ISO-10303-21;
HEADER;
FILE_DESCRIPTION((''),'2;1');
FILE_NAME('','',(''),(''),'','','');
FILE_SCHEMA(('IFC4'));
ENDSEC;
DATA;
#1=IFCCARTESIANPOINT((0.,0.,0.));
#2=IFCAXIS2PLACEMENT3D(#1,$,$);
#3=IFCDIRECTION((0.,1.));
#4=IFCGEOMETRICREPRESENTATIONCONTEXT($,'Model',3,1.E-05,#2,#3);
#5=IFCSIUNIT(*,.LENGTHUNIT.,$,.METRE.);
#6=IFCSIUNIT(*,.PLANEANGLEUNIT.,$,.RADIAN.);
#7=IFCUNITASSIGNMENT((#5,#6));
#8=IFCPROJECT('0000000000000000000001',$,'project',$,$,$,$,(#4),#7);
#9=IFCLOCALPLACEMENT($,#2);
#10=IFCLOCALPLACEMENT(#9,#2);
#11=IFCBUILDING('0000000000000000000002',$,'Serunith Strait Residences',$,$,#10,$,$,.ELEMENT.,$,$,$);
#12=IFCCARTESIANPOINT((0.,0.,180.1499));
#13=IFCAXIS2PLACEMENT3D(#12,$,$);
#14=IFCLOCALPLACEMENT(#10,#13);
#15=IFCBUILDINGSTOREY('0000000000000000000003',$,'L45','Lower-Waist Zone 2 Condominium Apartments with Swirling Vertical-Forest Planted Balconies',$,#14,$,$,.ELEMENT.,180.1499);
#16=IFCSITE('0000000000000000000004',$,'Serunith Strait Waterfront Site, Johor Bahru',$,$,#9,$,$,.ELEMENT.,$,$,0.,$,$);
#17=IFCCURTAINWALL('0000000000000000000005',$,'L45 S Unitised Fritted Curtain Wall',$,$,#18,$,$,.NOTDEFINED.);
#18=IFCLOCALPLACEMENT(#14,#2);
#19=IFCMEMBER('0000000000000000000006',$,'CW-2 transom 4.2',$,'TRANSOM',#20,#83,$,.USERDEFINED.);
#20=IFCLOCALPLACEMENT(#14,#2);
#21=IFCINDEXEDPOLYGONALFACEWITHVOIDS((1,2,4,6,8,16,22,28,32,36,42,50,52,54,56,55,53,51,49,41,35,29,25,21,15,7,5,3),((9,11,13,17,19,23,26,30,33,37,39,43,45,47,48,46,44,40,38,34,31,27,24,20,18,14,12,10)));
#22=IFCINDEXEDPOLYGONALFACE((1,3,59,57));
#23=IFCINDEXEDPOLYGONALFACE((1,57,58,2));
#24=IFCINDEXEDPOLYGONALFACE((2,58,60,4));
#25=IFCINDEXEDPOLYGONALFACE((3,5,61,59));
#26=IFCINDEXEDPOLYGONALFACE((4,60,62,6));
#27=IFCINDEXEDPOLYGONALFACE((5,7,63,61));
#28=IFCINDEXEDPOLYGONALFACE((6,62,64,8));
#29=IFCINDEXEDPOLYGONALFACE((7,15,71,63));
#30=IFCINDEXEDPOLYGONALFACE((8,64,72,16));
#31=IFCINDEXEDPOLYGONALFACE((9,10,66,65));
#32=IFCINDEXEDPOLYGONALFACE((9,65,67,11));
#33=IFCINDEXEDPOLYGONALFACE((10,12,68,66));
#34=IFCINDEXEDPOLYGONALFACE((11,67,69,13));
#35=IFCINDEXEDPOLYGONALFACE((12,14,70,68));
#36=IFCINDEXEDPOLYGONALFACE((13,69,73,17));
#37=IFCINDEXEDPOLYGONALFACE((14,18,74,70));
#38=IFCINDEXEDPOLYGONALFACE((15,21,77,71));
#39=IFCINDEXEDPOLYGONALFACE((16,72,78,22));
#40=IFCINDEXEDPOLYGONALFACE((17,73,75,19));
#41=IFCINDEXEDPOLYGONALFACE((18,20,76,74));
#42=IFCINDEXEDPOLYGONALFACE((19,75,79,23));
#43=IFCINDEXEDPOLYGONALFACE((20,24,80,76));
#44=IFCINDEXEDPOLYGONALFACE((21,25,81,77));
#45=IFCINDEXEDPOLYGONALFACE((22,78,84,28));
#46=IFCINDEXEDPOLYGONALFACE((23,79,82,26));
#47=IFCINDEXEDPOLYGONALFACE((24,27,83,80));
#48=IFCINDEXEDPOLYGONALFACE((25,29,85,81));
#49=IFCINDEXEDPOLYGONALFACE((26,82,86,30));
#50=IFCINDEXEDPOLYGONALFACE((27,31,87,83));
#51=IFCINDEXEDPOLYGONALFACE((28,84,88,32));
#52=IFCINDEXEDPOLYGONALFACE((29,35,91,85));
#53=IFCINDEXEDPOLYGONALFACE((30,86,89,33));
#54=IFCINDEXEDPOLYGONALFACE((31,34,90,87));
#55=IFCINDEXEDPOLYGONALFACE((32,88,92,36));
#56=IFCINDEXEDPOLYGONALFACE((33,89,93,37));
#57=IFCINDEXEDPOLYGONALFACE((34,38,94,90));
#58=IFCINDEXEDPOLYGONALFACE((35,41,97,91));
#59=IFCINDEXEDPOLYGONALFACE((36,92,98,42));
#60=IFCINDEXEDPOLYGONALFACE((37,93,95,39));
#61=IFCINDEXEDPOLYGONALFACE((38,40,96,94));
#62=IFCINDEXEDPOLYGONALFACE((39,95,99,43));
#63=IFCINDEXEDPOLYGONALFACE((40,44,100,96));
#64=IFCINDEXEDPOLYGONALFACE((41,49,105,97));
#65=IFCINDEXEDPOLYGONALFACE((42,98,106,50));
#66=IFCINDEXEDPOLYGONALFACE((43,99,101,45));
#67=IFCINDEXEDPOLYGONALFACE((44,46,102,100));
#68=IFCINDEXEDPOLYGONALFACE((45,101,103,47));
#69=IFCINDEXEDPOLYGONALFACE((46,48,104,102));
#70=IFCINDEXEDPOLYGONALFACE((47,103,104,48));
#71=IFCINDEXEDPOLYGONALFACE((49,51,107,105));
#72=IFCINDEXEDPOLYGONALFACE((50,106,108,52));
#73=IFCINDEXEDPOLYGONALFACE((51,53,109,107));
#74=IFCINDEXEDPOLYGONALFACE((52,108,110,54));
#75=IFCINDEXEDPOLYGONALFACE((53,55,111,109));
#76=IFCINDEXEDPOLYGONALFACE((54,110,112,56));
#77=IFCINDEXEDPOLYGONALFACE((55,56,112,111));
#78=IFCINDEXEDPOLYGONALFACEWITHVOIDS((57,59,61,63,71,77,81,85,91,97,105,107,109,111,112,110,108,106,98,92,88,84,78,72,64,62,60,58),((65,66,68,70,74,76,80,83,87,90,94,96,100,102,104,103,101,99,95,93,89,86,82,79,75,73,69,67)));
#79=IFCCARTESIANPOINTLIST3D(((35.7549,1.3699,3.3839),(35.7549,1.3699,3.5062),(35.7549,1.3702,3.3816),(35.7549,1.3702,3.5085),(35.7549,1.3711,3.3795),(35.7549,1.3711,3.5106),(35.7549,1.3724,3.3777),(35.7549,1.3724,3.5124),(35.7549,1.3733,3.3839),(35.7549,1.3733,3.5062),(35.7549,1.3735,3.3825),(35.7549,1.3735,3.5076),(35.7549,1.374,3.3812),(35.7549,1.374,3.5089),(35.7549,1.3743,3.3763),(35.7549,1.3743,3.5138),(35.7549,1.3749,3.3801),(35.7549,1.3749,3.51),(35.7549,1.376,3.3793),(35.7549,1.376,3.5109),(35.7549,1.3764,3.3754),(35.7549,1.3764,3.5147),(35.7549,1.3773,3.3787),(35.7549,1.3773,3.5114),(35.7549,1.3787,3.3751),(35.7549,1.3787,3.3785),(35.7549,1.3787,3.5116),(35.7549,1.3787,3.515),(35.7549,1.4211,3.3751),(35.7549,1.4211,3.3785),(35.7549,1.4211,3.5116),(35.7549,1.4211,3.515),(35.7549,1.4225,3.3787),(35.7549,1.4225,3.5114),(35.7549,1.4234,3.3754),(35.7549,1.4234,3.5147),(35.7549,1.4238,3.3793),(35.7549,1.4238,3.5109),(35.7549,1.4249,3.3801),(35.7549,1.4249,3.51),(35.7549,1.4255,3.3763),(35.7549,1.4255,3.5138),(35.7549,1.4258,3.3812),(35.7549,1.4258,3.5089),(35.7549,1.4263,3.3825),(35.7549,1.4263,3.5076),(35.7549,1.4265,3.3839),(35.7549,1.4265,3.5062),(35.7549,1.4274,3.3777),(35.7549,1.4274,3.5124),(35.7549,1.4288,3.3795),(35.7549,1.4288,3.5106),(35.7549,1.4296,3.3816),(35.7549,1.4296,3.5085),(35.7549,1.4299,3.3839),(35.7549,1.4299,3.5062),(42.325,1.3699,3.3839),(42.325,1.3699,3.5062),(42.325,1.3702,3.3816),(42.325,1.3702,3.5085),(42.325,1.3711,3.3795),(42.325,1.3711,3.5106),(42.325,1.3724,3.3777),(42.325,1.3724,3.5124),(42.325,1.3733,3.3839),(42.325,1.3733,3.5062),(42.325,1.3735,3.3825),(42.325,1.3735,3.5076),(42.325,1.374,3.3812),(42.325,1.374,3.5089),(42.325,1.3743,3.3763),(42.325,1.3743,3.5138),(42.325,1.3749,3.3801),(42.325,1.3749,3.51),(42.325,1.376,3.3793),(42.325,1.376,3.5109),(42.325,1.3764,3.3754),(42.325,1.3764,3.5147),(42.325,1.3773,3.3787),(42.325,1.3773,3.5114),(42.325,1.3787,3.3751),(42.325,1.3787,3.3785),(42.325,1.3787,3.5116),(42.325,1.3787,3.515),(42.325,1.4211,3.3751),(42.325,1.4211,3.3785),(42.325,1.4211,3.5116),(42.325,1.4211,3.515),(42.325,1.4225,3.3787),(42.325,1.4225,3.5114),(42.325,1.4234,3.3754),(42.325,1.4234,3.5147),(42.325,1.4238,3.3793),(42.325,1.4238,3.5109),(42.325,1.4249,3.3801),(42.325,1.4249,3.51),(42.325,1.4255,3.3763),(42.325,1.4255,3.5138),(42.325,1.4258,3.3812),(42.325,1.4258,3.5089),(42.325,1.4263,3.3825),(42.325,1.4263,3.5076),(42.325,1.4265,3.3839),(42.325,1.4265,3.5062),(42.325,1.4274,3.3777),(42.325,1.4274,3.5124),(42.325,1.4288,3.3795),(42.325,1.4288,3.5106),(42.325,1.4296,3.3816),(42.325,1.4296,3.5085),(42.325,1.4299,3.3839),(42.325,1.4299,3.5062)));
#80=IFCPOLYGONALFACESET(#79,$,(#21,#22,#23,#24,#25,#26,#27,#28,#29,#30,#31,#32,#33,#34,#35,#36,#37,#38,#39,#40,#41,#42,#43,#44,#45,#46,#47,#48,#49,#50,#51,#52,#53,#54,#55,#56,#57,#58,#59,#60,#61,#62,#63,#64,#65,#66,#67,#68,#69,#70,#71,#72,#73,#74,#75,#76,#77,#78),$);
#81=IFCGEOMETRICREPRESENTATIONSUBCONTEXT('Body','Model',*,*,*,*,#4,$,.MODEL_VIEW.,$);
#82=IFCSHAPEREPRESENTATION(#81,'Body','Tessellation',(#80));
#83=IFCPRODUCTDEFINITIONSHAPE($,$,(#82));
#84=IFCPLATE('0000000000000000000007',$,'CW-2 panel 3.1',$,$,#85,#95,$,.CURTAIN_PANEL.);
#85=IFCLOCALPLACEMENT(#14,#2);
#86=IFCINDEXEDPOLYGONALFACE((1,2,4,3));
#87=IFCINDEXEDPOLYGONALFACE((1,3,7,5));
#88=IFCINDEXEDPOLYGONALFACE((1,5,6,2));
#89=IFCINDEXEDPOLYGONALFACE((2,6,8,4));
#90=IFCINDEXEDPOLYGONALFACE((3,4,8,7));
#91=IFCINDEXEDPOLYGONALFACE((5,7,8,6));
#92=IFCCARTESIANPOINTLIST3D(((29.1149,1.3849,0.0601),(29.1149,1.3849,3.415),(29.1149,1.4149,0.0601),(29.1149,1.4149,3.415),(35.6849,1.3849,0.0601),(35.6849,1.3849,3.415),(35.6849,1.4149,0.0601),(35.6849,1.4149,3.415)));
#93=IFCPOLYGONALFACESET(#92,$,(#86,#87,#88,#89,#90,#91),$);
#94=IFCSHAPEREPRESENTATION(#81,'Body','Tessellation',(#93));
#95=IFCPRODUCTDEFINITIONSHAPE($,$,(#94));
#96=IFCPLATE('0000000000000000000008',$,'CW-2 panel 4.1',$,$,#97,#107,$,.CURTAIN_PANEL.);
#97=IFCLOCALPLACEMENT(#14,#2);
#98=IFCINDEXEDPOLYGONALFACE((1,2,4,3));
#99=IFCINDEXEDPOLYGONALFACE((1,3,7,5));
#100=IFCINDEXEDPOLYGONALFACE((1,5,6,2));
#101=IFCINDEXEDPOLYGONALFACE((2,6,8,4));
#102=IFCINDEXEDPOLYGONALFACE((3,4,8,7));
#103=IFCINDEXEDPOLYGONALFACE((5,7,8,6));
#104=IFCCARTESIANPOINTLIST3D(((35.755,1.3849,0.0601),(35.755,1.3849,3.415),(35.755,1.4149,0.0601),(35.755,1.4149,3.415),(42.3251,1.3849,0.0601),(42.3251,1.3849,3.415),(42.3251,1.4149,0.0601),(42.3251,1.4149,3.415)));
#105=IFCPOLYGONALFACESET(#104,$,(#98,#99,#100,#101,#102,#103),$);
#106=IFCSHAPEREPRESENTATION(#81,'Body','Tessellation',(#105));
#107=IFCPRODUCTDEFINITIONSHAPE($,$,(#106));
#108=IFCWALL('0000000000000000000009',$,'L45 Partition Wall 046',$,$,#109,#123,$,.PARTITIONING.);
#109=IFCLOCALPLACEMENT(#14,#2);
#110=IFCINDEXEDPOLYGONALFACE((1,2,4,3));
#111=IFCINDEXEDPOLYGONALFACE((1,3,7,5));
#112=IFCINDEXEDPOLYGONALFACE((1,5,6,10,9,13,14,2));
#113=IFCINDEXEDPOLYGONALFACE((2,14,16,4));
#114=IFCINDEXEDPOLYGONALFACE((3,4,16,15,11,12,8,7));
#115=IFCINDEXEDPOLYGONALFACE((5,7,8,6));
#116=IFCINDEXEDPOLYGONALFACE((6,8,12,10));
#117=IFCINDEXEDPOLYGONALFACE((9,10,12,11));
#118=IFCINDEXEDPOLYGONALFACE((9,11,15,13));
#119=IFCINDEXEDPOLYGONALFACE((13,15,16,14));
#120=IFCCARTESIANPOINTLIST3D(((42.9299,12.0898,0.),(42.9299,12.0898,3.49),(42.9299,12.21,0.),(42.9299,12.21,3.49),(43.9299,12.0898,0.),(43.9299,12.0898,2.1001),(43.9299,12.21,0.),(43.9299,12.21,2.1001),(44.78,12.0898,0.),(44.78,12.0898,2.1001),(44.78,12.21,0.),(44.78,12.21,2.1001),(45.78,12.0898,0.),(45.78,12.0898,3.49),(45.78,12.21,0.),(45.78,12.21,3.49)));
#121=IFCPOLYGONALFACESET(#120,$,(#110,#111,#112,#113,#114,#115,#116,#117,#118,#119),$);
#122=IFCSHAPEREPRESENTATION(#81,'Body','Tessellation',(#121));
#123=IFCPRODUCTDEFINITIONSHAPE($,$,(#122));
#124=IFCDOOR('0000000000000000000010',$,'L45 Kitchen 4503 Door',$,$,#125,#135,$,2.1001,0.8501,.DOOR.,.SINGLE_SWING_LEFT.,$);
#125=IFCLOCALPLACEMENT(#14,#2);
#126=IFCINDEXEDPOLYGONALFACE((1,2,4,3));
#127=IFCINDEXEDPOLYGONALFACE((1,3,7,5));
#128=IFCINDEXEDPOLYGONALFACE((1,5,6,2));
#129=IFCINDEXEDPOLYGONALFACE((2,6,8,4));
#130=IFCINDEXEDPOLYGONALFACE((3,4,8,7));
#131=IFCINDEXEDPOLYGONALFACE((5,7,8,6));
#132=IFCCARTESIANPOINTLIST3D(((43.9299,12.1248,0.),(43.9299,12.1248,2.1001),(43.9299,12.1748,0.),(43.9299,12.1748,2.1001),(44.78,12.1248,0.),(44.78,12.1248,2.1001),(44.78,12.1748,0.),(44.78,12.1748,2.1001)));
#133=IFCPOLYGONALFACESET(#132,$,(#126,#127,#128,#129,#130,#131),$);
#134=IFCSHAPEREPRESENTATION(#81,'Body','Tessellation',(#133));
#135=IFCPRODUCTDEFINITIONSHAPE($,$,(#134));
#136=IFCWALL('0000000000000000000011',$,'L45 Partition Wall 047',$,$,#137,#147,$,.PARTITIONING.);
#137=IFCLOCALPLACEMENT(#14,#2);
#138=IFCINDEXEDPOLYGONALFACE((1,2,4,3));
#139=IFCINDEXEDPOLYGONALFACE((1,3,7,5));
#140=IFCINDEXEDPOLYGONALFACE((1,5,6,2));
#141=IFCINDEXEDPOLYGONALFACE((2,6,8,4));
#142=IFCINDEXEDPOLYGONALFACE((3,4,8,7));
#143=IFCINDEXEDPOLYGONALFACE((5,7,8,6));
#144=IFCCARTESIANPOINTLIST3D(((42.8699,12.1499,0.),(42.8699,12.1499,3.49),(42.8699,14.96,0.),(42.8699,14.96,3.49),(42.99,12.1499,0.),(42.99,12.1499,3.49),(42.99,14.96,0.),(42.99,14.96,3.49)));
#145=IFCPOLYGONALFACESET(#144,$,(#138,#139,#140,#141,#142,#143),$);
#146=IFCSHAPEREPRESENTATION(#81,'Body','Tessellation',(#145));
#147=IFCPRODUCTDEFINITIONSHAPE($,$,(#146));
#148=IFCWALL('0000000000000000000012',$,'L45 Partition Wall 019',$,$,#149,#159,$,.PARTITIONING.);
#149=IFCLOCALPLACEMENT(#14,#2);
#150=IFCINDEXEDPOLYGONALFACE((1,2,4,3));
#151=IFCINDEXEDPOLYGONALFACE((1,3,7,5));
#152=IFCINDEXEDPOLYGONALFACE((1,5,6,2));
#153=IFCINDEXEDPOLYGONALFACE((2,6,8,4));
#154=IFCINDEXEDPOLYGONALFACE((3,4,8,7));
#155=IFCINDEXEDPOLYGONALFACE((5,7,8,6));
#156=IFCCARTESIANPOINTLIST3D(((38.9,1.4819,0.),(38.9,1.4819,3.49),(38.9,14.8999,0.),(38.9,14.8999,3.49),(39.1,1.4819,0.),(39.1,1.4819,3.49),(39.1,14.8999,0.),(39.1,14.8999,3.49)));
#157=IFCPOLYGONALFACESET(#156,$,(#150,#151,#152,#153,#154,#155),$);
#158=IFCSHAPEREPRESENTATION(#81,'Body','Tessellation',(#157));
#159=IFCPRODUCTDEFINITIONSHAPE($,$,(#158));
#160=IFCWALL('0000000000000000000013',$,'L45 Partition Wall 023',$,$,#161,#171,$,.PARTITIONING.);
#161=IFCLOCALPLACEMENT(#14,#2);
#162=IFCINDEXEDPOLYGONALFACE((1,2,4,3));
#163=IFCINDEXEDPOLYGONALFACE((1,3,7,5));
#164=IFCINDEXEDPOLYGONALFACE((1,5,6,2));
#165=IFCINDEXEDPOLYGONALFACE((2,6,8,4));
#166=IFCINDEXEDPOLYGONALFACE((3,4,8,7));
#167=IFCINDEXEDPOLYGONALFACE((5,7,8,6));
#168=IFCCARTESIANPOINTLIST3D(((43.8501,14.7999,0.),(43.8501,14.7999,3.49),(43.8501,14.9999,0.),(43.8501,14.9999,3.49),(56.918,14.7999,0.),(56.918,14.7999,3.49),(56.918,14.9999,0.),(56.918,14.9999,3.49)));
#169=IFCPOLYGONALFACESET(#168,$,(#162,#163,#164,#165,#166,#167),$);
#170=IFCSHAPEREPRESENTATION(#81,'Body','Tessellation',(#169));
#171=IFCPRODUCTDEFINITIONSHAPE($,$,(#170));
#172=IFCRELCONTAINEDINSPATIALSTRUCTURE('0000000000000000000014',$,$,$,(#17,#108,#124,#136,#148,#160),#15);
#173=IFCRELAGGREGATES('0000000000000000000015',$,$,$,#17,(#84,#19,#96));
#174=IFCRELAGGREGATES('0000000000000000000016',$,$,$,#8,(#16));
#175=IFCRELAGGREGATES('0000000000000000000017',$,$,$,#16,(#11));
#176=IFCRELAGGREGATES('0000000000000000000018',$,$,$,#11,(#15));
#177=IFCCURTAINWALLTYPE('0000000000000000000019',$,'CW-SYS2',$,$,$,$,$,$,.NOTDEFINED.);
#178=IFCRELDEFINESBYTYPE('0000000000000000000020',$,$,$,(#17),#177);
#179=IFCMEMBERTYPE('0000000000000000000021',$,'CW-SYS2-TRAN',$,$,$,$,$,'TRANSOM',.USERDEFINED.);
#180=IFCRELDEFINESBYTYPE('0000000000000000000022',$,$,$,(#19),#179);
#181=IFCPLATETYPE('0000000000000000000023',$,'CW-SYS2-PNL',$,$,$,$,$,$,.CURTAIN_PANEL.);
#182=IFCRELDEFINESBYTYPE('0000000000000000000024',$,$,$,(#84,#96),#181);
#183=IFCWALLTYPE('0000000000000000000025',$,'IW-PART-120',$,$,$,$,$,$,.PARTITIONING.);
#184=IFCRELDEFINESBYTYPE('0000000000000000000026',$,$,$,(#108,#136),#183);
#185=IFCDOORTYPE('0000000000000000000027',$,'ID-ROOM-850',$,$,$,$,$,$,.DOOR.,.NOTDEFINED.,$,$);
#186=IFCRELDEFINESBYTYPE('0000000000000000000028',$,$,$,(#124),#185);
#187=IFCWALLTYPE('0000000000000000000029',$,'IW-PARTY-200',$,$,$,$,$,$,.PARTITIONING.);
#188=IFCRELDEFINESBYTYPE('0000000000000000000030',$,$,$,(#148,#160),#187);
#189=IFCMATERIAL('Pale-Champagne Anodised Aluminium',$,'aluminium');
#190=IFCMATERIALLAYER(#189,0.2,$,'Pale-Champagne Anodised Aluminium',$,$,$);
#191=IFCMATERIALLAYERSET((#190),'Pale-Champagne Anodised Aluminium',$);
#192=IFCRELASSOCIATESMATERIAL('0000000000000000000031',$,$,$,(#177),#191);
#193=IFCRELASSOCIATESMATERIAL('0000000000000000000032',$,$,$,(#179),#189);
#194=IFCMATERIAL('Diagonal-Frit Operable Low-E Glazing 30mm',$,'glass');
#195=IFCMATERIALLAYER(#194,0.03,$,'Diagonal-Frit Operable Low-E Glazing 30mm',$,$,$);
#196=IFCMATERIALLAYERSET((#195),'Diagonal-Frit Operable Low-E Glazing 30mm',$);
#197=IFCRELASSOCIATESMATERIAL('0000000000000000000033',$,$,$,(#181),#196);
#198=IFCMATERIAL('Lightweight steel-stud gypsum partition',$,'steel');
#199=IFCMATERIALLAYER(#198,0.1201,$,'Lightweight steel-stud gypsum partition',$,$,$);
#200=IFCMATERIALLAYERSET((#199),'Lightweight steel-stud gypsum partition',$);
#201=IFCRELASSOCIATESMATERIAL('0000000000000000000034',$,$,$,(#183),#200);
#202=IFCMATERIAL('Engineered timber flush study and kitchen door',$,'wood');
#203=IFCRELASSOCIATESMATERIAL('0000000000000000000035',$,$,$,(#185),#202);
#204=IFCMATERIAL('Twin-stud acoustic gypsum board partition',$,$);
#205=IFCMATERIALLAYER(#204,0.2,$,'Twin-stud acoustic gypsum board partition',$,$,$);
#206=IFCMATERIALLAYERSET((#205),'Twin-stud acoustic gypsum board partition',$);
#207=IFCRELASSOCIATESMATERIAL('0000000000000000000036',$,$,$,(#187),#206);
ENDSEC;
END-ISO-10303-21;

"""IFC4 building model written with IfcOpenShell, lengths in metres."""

from ifc_helpers import new_model, si_unit, direction, frame, frame_2d, origin, origin_2d, place, context, subcontext, project, spatial, rectangle, hollow_rectangle, extrude, source, transform, mapped, material, layer, layer_set, material_profile, profile_set, type_object, element, fill, aggregate, save


model = new_model("IFC4")

# Units and contexts
model_context = context("Model", 3, precision=1e-05, world=origin(), true_north=direction((0.0, 1.0)))
body_context = subcontext(model_context, "Body", "Model", "MODEL_VIEW")
ifc_project = project(units=[si_unit("LENGTHUNIT", "METRE"), si_unit("PLANEANGLEUNIT", "RADIAN")], contexts=[model_context])

# Site, building, storey
site_placement = place(None, origin())
site = spatial("IfcSite", under=ifc_project, at=site_placement, Name="Serunith Strait Waterfront Site, Johor Bahru", CompositionType="ELEMENT", RefElevation=0.0)
building_placement = place(site_placement, origin())
building = spatial("IfcBuilding", under=site, at=building_placement, Name="Serunith Strait Residences", CompositionType="ELEMENT")
storey_placement = place(building_placement, frame((0.0, 0.0, 180.1499)))
storey = spatial("IfcBuildingStorey", under=building, at=storey_placement, Name="L45", Description="Lower-Waist Zone 2 Condominium Apartments with Swirling Vertical-Forest Planted Balconies", CompositionType="ELEMENT", Elevation=180.1499)

# Curtain wall, member, plates
ifc_material_1 = material(Name="Pale-Champagne Anodised Aluminium", Category="aluminium")
ifc_layer_1 = layer(ifc_material_1, 0.2, Name="Pale-Champagne Anodised Aluminium")
ifc_layer_set_1 = layer_set([ifc_layer_1], Name="Pale-Champagne Anodised Aluminium")
curtain_wall_type = type_object("IfcCurtainWallType", Name="CW-SYS2", PredefinedType="NOTDEFINED", material=ifc_layer_set_1)
curtain_wall_placement = place(storey_placement, origin())
curtain_wall = element("IfcCurtainWall", 1, at=curtain_wall_placement, inside=storey, type_object=curtain_wall_type, Name="L45 S Unitised Fritted Curtain Wall", PredefinedType="NOTDEFINED")
ifc_material_profile_1 = material_profile(ifc_material_1, hollow_rectangle(XDim=0.0601, YDim=0.1399, WallThickness=0.0034, InnerFilletRadius=0.0054, OuterFilletRadius=0.0088, at=origin_2d()), Name="ALU 140x60x3.5")
ifc_profile_set_1 = profile_set([ifc_material_profile_1], Name="Pale-Champagne Anodised Aluminium")
member_type_1 = type_object("IfcMemberType", Name="CW-SYS2-TRAN", ElementType="TRANSOM", PredefinedType="USERDEFINED", material=ifc_profile_set_1)
shared_shape_1 = source(origin(), body_context, "Body", "SweptSolid", [
    extrude(hollow_rectangle(XDim=0.0601, YDim=0.1399, WallThickness=0.0034, InnerFilletRadius=0.0054, OuterFilletRadius=0.0088, at=origin_2d()), origin(), (0.0, 0.0, 1.0), 6.5701),
])
member_1_placement = place(storey_placement, frame((35.7549, 1.3999, 3.4451), z_axis=(1.0, 0.0, 0.0), x_axis=(0.0, 1.0, 0.0)))
member_1 = element("IfcMember", 2, at=member_1_placement, type_object=member_type_1, Name="CW-2 transom 4.2", ObjectType="TRANSOM", PredefinedType="USERDEFINED", context=body_context, shape_type="MappedRepresentation", body=[
    mapped(shared_shape_1, transform((0.0, 0.0, 0.0), scale=1.0)),
])
ifc_material_2 = material(Name="Diagonal-Frit Operable Low-E Glazing 30mm", Category="glass")
ifc_layer_2 = layer(ifc_material_2, 0.03, Name="Diagonal-Frit Operable Low-E Glazing 30mm")
ifc_layer_set_2 = layer_set([ifc_layer_2], Name="Diagonal-Frit Operable Low-E Glazing 30mm")
plate_type = type_object("IfcPlateType", Name="CW-SYS2-PNL", PredefinedType="CURTAIN_PANEL", material=ifc_layer_set_2)
shared_shape_2 = source(origin(), body_context, "Body", "SweptSolid", [
    extrude(rectangle(XDim=6.5701, YDim=0.03, at=origin_2d()), origin(), (0.0, 0.0, 1.0), 3.355),
])
plate_1_placement = place(storey_placement, frame((32.3999, 1.3999, 0.0601), z_axis=(0.0, 0.0, 1.0), x_axis=(1.0, 0.0, 0.0)))
plate_1 = element("IfcPlate", 3, at=plate_1_placement, type_object=plate_type, Name="CW-2 panel 3.1", PredefinedType="CURTAIN_PANEL", context=body_context, shape_type="MappedRepresentation", body=[
    mapped(shared_shape_2, transform((0.0, 0.0, 0.0), scale=1.0)),
])
plate_2_placement = place(storey_placement, frame((39.04, 1.3999, 0.0601), z_axis=(0.0, 0.0, 1.0), x_axis=(1.0, 0.0, 0.0)))
plate_2 = element("IfcPlate", 4, at=plate_2_placement, type_object=plate_type, Name="CW-2 panel 4.1", PredefinedType="CURTAIN_PANEL", context=body_context, shape_type="MappedRepresentation", body=[
    mapped(shared_shape_2, transform((0.0, 0.0, 0.0), scale=1.0)),
])
aggregate(curtain_wall, [plate_1, member_1, plate_2])

# Wall, opening, door
ifc_material_3 = material(Name="Lightweight steel-stud gypsum partition", Category="steel")
ifc_layer_3 = layer(ifc_material_3, 0.1201, Name="Lightweight steel-stud gypsum partition")
ifc_layer_set_3 = layer_set([ifc_layer_3], Name="Lightweight steel-stud gypsum partition")
wall_type_1 = type_object("IfcWallType", Name="IW-PART-120", PredefinedType="PARTITIONING", material=ifc_layer_set_3)
wall_1_placement = place(storey_placement, frame((42.9299, 12.1499, 0.0), z_axis=(0.0, 0.0, 1.0), x_axis=(1.0, 0.0, 0.0)))
wall_1 = element("IfcWall", 5, at=wall_1_placement, inside=storey, type_object=wall_type_1, Name="L45 Partition Wall 046", PredefinedType="PARTITIONING", context=body_context, shape_type="SweptSolid", body=[
    extrude(rectangle(XDim=2.8501, YDim=0.1201, at=frame_2d((1.425, 0.0))), origin(), (0.0, 0.0, 1.0), 3.49),
])
opening_placement = place(wall_1_placement, frame((1.0, 0.0, 0.0)))
opening = element("IfcOpeningElement", 6, at=opening_placement, cuts=wall_1, PredefinedType="OPENING", context=body_context, shape_type="SweptSolid", body=[
    extrude(rectangle(XDim=0.8501, YDim=2.1001, at=frame_2d((0.425, 1.05))), frame((0.0, 0.0701, 0.0), z_axis=(0.0, -1.0, 0.0), x_axis=(1.0, 0.0, 0.0)), (0.0, 0.0, 1.0), 0.1401),
])
ifc_material_4 = material(Name="Engineered timber flush study and kitchen door", Category="wood")
door_type = type_object("IfcDoorType", Name="ID-ROOM-850", OperationType="NOTDEFINED", PredefinedType="DOOR", material=ifc_material_4)
shared_shape_3 = source(origin(), body_context, "Body", "SweptSolid", [
    extrude(rectangle(XDim=0.8501, YDim=2.1001, at=frame_2d((0.425, 1.05))), frame((0.0, 0.0249, 0.0), z_axis=(0.0, -1.0, 0.0), x_axis=(1.0, 0.0, 0.0)), (0.0, 0.0, 1.0), 0.05),
])
door_placement = place(opening_placement, origin())
door = element("IfcDoor", 7, at=door_placement, inside=storey, type_object=door_type, Name="L45 Kitchen 4503 Door", OperationType="SINGLE_SWING_LEFT", OverallHeight=2.1001, OverallWidth=0.8501, PredefinedType="DOOR", context=body_context, shape_type="MappedRepresentation", body=[
    mapped(shared_shape_3, transform((0.0, 0.0, 0.0), scale=1.0)),
])
fill(opening, door)

# Walls
wall_2_placement = place(storey_placement, frame((42.9299, 12.1499, 0.0), z_axis=(0.0, 0.0, 1.0), x_axis=(0.0, 1.0, 0.0)))
element("IfcWall", 8, at=wall_2_placement, inside=storey, type_object=wall_type_1, Name="L45 Partition Wall 047", PredefinedType="PARTITIONING", context=body_context, shape_type="SweptSolid", body=[
    extrude(rectangle(XDim=2.8101, YDim=0.1201, at=frame_2d((1.405, 0.0))), origin(), (0.0, 0.0, 1.0), 3.49),
])
ifc_material_5 = material(Name="Twin-stud acoustic gypsum board partition")
ifc_layer_4 = layer(ifc_material_5, 0.2, Name="Twin-stud acoustic gypsum board partition")
ifc_layer_set_4 = layer_set([ifc_layer_4], Name="Twin-stud acoustic gypsum board partition")
wall_type_2 = type_object("IfcWallType", Name="IW-PARTY-200", PredefinedType="PARTITIONING", material=ifc_layer_set_4)
wall_3_placement = place(storey_placement, frame((39.0, 1.4819, 0.0), z_axis=(0.0, 0.0, 1.0), x_axis=(0.0, 1.0, 0.0)))
element("IfcWall", 9, at=wall_3_placement, inside=storey, type_object=wall_type_2, Name="L45 Partition Wall 019", PredefinedType="PARTITIONING", context=body_context, shape_type="SweptSolid", body=[
    extrude(rectangle(XDim=13.418, YDim=0.2, at=frame_2d((6.709, 0.0))), origin(), (0.0, 0.0, 1.0), 3.49),
])
wall_4_placement = place(storey_placement, frame((43.8501, 14.8999, 0.0), z_axis=(0.0, 0.0, 1.0), x_axis=(1.0, 0.0, 0.0)))
element("IfcWall", 10, at=wall_4_placement, inside=storey, type_object=wall_type_2, Name="L45 Partition Wall 023", PredefinedType="PARTITIONING", context=body_context, shape_type="SweptSolid", body=[
    extrude(rectangle(XDim=13.0679, YDim=0.2, at=frame_2d((6.5339, 0.0))), origin(), (0.0, 0.0, 1.0), 3.49),
])

save(model, "model.ifc")
